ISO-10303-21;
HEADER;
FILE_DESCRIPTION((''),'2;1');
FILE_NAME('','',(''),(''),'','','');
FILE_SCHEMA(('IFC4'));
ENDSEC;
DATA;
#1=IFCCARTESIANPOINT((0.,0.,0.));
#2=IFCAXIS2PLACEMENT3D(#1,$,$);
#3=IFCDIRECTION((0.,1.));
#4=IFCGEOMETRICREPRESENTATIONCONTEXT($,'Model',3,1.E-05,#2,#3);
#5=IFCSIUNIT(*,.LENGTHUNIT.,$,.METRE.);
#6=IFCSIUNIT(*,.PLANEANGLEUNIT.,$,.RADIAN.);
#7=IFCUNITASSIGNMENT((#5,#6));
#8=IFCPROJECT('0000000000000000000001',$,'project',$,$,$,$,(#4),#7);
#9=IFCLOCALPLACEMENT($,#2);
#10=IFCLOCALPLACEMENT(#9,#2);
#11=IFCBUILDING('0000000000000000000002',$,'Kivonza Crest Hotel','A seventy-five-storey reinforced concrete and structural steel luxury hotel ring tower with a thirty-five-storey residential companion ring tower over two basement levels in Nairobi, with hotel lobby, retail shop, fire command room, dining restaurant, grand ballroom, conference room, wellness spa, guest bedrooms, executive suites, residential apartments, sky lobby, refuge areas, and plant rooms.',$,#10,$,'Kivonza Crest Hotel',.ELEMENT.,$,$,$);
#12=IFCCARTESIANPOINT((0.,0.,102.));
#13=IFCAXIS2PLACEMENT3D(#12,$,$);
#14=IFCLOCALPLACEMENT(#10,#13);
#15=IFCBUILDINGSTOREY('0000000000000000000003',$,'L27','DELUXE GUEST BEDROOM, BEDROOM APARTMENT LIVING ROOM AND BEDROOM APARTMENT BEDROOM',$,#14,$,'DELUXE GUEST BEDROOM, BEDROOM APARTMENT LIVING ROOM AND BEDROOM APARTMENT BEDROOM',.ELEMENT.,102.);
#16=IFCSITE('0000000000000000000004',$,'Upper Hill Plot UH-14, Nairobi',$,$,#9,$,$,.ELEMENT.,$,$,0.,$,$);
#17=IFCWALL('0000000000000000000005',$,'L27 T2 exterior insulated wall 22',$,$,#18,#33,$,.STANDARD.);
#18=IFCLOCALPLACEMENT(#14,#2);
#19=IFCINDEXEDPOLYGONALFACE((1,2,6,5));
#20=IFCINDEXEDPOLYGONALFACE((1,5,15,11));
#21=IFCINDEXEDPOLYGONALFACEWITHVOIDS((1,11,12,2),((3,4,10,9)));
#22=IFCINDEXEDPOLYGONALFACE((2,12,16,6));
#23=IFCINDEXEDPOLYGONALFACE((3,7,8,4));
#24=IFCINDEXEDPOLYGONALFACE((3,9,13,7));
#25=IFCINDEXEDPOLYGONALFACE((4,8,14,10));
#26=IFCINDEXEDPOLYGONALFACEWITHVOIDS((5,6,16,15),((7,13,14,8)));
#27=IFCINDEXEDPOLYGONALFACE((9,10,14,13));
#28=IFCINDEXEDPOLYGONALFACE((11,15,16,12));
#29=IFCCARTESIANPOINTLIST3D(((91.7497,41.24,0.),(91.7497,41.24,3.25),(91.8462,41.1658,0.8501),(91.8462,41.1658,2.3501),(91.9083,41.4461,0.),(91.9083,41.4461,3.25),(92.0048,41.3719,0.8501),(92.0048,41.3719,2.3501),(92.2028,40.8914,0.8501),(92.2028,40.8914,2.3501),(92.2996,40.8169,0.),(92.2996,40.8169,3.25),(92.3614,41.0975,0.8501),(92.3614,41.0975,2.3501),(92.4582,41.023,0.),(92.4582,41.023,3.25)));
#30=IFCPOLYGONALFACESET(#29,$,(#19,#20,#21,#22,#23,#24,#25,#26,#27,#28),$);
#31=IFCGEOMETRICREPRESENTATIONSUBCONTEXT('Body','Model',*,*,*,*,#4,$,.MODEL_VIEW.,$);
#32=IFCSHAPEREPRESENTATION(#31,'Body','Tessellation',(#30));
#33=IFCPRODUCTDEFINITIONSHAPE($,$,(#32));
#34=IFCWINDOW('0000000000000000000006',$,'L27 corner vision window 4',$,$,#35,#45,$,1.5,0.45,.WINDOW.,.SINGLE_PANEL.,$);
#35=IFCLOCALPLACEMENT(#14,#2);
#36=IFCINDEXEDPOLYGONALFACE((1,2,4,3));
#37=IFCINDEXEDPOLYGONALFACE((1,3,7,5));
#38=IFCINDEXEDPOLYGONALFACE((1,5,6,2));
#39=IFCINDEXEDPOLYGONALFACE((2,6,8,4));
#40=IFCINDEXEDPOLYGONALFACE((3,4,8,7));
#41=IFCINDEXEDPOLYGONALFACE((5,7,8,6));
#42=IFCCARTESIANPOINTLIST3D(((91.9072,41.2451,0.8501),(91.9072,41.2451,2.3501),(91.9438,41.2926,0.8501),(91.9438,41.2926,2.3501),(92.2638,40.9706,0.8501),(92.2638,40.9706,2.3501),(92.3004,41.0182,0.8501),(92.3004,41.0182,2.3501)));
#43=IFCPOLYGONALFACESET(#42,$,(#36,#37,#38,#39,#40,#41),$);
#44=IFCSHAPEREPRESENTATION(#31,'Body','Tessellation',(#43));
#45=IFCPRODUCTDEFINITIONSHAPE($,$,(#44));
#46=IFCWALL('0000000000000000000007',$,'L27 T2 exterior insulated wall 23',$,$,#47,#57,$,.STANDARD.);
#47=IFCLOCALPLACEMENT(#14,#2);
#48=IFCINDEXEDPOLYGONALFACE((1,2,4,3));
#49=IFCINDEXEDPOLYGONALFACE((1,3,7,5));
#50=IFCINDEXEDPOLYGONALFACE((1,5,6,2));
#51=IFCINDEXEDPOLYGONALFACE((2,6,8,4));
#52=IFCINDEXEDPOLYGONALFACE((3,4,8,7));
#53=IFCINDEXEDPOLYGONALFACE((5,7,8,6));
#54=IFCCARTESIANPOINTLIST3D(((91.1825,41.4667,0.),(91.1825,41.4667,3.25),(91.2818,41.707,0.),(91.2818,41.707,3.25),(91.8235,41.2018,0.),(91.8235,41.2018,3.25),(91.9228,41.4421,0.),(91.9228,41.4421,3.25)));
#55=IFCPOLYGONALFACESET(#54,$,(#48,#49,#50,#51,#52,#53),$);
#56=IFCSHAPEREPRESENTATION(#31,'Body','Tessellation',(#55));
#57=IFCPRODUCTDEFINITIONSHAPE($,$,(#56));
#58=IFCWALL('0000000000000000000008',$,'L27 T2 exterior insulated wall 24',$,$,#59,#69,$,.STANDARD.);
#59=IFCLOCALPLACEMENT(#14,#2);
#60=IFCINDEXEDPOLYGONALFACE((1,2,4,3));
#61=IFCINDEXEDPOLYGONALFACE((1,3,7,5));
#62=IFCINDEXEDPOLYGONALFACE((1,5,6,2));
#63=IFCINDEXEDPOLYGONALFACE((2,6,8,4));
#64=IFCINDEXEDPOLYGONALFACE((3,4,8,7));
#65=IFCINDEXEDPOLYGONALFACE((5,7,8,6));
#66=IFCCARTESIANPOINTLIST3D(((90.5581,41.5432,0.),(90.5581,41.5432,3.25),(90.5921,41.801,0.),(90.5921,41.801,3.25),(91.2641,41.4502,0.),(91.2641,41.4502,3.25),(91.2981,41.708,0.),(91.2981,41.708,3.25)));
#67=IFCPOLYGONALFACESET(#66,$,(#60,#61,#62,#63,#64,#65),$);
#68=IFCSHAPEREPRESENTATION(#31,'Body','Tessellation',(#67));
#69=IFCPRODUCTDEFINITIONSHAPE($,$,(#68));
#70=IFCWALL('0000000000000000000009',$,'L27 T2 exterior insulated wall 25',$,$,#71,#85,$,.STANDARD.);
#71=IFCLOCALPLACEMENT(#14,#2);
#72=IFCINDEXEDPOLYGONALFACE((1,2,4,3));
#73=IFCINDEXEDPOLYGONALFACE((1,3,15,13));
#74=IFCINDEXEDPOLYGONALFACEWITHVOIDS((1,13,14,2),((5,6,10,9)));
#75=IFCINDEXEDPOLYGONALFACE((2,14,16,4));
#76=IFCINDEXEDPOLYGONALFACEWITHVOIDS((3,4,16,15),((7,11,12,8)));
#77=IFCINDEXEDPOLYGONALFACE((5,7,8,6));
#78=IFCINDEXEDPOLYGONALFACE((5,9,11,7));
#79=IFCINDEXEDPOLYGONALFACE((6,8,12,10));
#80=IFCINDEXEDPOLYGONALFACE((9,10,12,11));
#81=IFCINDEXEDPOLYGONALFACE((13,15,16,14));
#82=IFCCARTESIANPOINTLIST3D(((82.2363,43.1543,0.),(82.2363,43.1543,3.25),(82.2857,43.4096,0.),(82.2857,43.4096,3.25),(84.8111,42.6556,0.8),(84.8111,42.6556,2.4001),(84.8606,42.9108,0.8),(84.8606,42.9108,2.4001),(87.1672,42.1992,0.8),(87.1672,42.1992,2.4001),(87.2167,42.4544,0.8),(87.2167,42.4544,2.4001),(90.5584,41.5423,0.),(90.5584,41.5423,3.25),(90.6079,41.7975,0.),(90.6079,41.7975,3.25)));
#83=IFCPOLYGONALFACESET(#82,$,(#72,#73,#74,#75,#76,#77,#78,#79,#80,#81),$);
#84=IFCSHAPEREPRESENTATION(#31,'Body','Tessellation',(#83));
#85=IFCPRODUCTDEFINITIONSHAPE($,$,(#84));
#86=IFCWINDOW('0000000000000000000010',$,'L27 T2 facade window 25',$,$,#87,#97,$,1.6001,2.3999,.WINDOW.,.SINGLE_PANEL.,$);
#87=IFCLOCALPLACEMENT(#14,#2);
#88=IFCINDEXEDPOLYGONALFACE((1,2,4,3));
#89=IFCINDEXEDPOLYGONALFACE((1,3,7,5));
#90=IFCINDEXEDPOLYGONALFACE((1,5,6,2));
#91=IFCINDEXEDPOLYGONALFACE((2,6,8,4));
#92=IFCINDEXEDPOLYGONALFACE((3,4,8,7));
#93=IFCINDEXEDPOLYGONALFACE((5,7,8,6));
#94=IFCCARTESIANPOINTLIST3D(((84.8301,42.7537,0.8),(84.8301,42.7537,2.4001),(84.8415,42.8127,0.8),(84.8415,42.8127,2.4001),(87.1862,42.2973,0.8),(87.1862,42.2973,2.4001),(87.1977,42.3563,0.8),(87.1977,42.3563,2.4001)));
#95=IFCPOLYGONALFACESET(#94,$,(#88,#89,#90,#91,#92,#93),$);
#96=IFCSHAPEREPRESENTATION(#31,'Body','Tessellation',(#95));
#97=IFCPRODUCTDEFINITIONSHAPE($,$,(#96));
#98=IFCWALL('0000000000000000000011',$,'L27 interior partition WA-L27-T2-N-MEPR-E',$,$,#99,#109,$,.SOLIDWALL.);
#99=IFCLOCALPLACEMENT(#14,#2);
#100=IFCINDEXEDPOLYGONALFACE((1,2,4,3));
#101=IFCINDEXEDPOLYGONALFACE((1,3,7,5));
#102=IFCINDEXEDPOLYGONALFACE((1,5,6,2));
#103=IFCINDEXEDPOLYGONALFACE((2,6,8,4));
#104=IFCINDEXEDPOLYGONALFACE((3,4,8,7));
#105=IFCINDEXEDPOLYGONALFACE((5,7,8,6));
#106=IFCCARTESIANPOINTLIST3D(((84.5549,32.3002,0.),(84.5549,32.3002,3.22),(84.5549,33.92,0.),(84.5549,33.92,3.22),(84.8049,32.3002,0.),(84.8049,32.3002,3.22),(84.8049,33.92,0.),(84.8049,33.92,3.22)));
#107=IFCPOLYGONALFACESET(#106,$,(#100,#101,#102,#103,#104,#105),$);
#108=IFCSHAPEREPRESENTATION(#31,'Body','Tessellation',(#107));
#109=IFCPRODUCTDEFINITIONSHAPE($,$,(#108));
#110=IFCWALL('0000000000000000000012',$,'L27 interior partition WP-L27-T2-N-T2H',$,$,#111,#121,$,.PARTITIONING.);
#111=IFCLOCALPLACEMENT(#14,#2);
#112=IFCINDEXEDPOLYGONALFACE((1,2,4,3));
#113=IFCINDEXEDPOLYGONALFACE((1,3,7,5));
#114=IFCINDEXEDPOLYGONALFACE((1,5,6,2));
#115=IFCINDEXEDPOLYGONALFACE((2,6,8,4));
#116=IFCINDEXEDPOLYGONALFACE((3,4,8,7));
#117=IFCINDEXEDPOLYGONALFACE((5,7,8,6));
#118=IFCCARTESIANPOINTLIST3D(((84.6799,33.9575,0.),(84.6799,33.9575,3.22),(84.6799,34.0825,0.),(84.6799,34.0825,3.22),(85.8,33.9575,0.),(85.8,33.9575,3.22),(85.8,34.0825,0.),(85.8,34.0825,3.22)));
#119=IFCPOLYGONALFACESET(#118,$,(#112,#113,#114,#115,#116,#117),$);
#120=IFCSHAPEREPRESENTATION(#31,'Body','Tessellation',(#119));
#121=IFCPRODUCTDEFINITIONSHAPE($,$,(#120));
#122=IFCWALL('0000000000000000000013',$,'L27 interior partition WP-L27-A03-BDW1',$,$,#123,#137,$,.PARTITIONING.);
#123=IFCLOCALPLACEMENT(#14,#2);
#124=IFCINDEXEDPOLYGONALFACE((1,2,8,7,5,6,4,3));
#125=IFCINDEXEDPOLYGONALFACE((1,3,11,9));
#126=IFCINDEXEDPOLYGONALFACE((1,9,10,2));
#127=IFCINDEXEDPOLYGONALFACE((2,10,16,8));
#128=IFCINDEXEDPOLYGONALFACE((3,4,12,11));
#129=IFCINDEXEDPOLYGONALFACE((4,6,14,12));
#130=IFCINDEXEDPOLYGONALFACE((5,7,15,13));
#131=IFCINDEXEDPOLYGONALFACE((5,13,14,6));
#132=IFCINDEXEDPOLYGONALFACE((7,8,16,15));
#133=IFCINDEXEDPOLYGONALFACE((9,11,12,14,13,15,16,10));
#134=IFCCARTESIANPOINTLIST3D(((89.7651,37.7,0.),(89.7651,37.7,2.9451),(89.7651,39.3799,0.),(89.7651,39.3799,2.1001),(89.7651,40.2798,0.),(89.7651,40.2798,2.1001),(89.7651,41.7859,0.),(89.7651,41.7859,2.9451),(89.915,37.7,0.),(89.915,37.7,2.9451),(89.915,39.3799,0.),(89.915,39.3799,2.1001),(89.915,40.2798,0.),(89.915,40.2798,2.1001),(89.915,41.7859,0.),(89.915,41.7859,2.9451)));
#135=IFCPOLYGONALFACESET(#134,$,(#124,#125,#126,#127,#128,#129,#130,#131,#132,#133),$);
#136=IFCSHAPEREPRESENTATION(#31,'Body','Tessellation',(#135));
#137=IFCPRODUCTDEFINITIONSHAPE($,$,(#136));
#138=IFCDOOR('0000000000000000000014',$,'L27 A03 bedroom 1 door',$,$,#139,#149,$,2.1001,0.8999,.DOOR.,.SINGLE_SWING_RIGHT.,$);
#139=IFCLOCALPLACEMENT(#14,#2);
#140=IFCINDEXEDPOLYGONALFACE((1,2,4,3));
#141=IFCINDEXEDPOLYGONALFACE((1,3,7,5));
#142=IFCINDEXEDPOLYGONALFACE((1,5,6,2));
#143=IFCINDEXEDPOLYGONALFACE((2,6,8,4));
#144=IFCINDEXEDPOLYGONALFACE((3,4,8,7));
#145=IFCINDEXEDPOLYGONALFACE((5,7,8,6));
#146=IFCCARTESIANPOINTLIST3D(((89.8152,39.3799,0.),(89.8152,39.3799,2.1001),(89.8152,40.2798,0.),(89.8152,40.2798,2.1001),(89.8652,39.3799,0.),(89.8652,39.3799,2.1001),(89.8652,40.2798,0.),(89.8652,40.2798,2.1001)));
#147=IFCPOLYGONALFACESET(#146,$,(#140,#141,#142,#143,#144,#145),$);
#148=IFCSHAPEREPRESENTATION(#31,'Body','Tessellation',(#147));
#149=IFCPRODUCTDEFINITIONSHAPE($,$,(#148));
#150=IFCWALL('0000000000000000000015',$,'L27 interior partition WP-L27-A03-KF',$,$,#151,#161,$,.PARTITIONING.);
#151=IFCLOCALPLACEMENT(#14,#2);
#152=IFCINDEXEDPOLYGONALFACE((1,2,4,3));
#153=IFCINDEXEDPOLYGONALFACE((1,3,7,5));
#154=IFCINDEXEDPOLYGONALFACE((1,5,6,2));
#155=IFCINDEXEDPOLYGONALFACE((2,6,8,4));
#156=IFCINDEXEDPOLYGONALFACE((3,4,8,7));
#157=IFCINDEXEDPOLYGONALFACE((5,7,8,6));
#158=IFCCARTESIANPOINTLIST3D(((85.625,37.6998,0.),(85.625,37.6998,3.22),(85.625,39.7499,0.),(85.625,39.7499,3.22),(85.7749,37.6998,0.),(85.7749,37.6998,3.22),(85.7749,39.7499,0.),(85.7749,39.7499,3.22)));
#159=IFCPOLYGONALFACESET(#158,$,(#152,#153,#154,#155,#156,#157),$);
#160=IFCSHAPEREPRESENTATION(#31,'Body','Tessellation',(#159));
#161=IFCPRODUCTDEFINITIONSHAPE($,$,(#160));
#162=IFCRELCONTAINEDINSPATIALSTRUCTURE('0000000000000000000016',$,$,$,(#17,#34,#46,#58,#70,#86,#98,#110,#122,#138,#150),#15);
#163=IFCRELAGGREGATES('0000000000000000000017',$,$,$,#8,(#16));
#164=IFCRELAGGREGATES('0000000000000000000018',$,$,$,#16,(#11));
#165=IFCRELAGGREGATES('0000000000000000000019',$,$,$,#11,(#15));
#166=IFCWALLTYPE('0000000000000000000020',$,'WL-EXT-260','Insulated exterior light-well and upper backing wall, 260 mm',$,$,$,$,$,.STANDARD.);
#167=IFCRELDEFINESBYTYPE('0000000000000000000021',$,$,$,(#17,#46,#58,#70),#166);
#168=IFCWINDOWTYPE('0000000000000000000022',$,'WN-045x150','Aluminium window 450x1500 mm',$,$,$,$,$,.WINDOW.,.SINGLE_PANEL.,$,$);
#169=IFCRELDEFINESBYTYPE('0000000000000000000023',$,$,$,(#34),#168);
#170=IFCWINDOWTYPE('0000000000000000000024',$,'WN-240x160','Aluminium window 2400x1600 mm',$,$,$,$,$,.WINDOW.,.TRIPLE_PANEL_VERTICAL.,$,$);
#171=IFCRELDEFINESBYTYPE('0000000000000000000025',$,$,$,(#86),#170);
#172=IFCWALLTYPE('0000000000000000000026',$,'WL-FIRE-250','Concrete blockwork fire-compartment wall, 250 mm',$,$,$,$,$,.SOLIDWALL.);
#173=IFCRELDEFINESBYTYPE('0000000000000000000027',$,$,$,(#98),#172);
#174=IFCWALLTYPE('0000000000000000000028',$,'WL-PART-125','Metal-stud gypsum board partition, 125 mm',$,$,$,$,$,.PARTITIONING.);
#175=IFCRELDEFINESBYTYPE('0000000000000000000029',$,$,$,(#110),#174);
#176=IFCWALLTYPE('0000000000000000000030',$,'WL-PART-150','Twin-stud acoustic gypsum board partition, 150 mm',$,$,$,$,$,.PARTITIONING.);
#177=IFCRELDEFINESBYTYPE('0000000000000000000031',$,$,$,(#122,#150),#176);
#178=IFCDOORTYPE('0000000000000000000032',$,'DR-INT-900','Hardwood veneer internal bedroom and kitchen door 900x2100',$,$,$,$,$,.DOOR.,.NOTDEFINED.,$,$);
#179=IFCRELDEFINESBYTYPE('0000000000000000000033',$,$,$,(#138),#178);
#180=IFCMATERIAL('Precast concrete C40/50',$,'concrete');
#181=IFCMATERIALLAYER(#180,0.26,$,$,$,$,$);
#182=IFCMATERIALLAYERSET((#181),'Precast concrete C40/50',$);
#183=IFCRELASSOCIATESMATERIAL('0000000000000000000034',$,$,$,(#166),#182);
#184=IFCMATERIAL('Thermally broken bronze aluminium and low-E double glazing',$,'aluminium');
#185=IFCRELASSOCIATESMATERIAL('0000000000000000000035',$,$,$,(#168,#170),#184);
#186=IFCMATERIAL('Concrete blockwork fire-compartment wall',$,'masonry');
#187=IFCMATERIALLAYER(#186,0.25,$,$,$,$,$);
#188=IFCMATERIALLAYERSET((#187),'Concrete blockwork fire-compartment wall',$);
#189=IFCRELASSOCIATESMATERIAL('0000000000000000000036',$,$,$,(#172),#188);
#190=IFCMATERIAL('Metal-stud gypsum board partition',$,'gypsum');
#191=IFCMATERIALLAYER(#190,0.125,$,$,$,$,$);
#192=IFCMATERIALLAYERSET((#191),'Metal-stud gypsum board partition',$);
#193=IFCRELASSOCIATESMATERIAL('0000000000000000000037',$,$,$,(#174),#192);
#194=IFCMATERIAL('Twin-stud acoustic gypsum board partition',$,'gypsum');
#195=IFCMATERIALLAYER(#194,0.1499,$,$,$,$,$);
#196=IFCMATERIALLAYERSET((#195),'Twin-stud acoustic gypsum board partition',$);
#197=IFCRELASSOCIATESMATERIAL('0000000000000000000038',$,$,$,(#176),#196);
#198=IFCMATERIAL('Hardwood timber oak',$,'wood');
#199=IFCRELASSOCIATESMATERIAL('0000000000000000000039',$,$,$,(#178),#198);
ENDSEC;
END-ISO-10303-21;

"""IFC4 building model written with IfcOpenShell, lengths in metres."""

from ifc_helpers import new_model, si_unit, direction, frame, frame_2d, origin, place, context, subcontext, project, spatial, rectangle, extrude, material, layer, layer_set, type_object, element, fill, save


model = new_model("IFC4")

# Units and contexts
model_context = context("Model", 3, precision=1e-05, world=origin(), true_north=direction((0.0, 1.0)))
body_context = subcontext(model_context, "Body", "Model", "MODEL_VIEW")
ifc_project = project(units=[si_unit("LENGTHUNIT", "METRE"), si_unit("PLANEANGLEUNIT", "RADIAN")], contexts=[model_context])

# Site, building, storey
site_placement = place(None, origin())
site = spatial("IfcSite", under=ifc_project, at=site_placement, Name="Upper Hill Plot UH-14, Nairobi", CompositionType="ELEMENT", RefElevation=0.0)
building_placement = place(site_placement, origin())
building = spatial("IfcBuilding", under=site, at=building_placement, Name="Kivonza Crest Hotel", Description="A seventy-five-storey reinforced concrete and structural steel luxury hotel ring tower with a thirty-five-storey residential companion ring tower over two basement levels in Nairobi, with hotel lobby, retail shop, fire command room, dining restaurant, grand ballroom, conference room, wellness spa, guest bedrooms, executive suites, residential apartments, sky lobby, refuge areas, and plant rooms.", LongName="Kivonza Crest Hotel", CompositionType="ELEMENT")
storey_placement = place(building_placement, frame((0.0, 0.0, 102.0)))
storey = spatial("IfcBuildingStorey", under=building, at=storey_placement, Name="L27", Description="DELUXE GUEST BEDROOM, BEDROOM APARTMENT LIVING ROOM AND BEDROOM APARTMENT BEDROOM", LongName="DELUXE GUEST BEDROOM, BEDROOM APARTMENT LIVING ROOM AND BEDROOM APARTMENT BEDROOM", CompositionType="ELEMENT", Elevation=102.0)

# Shared definitions
ifc_material_1 = material(Name="Hardwood timber oak", Category="wood")

# Shared definitions
ifc_material_2 = material(Name="Precast concrete C40/50", Category="concrete")
ifc_layer_1 = layer(ifc_material_2, 0.26)
ifc_layer_set_1 = layer_set([ifc_layer_1], Name="Precast concrete C40/50")
wall_type_1 = type_object("IfcWallType", Name="WL-EXT-260", Description="Insulated exterior light-well and upper backing wall, 260 mm", PredefinedType="STANDARD", material=ifc_layer_set_1)

# Wall, opening, window
wall_1_placement = place(storey_placement, frame((92.3789, 40.9199, 0.0), z_axis=(0.0, 0.0, 1.0), x_axis=(-0.792506, 0.609864, 0.0)))
wall_1 = element("IfcWall", 1, at=wall_1_placement, inside=storey, type_object=wall_type_1, Name="L27 T2 exterior insulated wall 22", PredefinedType="STANDARD", context=body_context, shape_type="SweptSolid", body=[
    extrude(rectangle(XDim=0.6938, YDim=0.26, at=frame_2d((0.3469, 0.0))), origin(), (0.0, 0.0, 1.0), 3.25),
])
opening_1_placement = place(wall_1_placement, frame((0.1221, 0.0, 0.8501)))
opening_1 = element("IfcOpeningElement", 2, at=opening_1_placement, cuts=wall_1, PredefinedType="OPENING", context=body_context, shape_type="SweptSolid", body=[
    extrude(rectangle(XDim=0.45, YDim=1.5, at=frame_2d((0.2251, 0.75))), frame((0.0, 0.1401, 0.0), z_axis=(0.0, -1.0, 0.0), x_axis=(1.0, 0.0, 0.0)), (0.0, 0.0, 1.0), 0.28),
])
ifc_material_3 = material(Name="Thermally broken bronze aluminium and low-E double glazing", Category="aluminium")
window_type_1 = type_object("IfcWindowType", Name="WN-045x150", Description="Aluminium window 450x1500 mm", PartitioningType="SINGLE_PANEL", PredefinedType="WINDOW", material=ifc_material_3)
window_1_placement = place(opening_1_placement, origin())
window_1 = element("IfcWindow", 3, at=window_1_placement, inside=storey, type_object=window_type_1, Name="L27 corner vision window 4", OverallHeight=1.5, OverallWidth=0.45, PartitioningType="SINGLE_PANEL", PredefinedType="WINDOW", context=body_context, shape_type="SweptSolid", body=[
    extrude(rectangle(XDim=0.45, YDim=1.5, at=frame_2d((0.2251, 0.75))), frame((0.0, 0.03, 0.0), z_axis=(0.0, -1.0, 0.0), x_axis=(1.0, 0.0, 0.0)), (0.0, 0.0, 1.0), 0.0601),
])
fill(opening_1, window_1)

# Walls
wall_2_placement = place(storey_placement, frame((91.873, 41.322, 0.0), z_axis=(0.0, 0.0, 1.0), x_axis=(-0.924218, 0.381865, 0.0)))
element("IfcWall", 4, at=wall_2_placement, inside=storey, type_object=wall_type_1, Name="L27 T2 exterior insulated wall 23", PredefinedType="STANDARD", context=body_context, shape_type="SweptSolid", body=[
    extrude(rectangle(XDim=0.6936, YDim=0.26, at=frame_2d((0.3467, 0.0))), origin(), (0.0, 0.0, 1.0), 3.25),
])
wall_3_placement = place(storey_placement, frame((91.281, 41.5791, 0.0), z_axis=(0.0, 0.0, 1.0), x_axis=(-0.991433, 0.130614, 0.0)))
element("IfcWall", 5, at=wall_3_placement, inside=storey, type_object=wall_type_1, Name="L27 T2 exterior insulated wall 24", PredefinedType="STANDARD", context=body_context, shape_type="SweptSolid", body=[
    extrude(rectangle(XDim=0.7122, YDim=0.26, at=frame_2d((0.356, 0.0))), origin(), (0.0, 0.0, 1.0), 3.25),
])

# Wall, opening, window
wall_4_placement = place(storey_placement, frame((90.583, 41.6699, 0.0), z_axis=(0.0, 0.0, 1.0), x_axis=(-0.98175, 0.190175, 0.0)))
wall_4 = element("IfcWall", 6, at=wall_4_placement, inside=storey, type_object=wall_type_1, Name="L27 T2 exterior insulated wall 25", PredefinedType="STANDARD", context=body_context, shape_type="SweptSolid", body=[
    extrude(rectangle(XDim=8.4768, YDim=0.26, at=frame_2d((4.2383, 0.0))), origin(), (0.0, 0.0, 1.0), 3.25),
])
opening_2_placement = place(wall_4_placement, frame((3.4541, 0.0, 0.8)))
opening_2 = element("IfcOpeningElement", 7, at=opening_2_placement, cuts=wall_4, PredefinedType="OPENING", context=body_context, shape_type="SweptSolid", body=[
    extrude(rectangle(XDim=2.3999, YDim=1.6001, at=frame_2d((1.2, 0.8))), frame((0.0, 0.1401, 0.0), z_axis=(0.0, -1.0, 0.0), x_axis=(1.0, 0.0, 0.0)), (0.0, 0.0, 1.0), 0.28),
])
window_type_2 = type_object("IfcWindowType", Name="WN-240x160", Description="Aluminium window 2400x1600 mm", PartitioningType="TRIPLE_PANEL_VERTICAL", PredefinedType="WINDOW", material=ifc_material_3)
window_2_placement = place(opening_2_placement, origin())
window_2 = element("IfcWindow", 8, at=window_2_placement, inside=storey, type_object=window_type_2, Name="L27 T2 facade window 25", OverallHeight=1.6001, OverallWidth=2.3999, PartitioningType="SINGLE_PANEL", PredefinedType="WINDOW", context=body_context, shape_type="SweptSolid", body=[
    extrude(rectangle(XDim=2.3999, YDim=1.6001, at=frame_2d((1.2, 0.8))), frame((0.0, 0.03, 0.0), z_axis=(0.0, -1.0, 0.0), x_axis=(1.0, 0.0, 0.0)), (0.0, 0.0, 1.0), 0.0601),
])
fill(opening_2, window_2)

# Walls
ifc_material_4 = material(Name="Concrete blockwork fire-compartment wall", Category="masonry")
ifc_layer_2 = layer(ifc_material_4, 0.25)
ifc_layer_set_2 = layer_set([ifc_layer_2], Name="Concrete blockwork fire-compartment wall")
wall_type_2 = type_object("IfcWallType", Name="WL-FIRE-250", Description="Concrete blockwork fire-compartment wall, 250 mm", PredefinedType="SOLIDWALL", material=ifc_layer_set_2)
wall_5_placement = place(storey_placement, frame((84.6799, 32.3, 0.0), z_axis=(0.0, 0.0, 1.0), x_axis=(0.0, 1.0, 0.0)))
element("IfcWall", 9, at=wall_5_placement, inside=storey, type_object=wall_type_2, Name="L27 interior partition WA-L27-T2-N-MEPR-E", PredefinedType="SOLIDWALL", context=body_context, shape_type="SweptSolid", body=[
    extrude(rectangle(XDim=1.6199, YDim=0.25, at=frame_2d((0.8101, 0.0))), origin(), (0.0, 0.0, 1.0), 3.22),
])
ifc_material_5 = material(Name="Metal-stud gypsum board partition", Category="gypsum")
ifc_layer_3 = layer(ifc_material_5, 0.125)
ifc_layer_set_3 = layer_set([ifc_layer_3], Name="Metal-stud gypsum board partition")
wall_type_3 = type_object("IfcWallType", Name="WL-PART-125", Description="Metal-stud gypsum board partition, 125 mm", PredefinedType="PARTITIONING", material=ifc_layer_set_3)
wall_6_placement = place(storey_placement, frame((84.6799, 34.02, 0.0), z_axis=(0.0, 0.0, 1.0), x_axis=(1.0, 0.0, 0.0)))
element("IfcWall", 10, at=wall_6_placement, inside=storey, type_object=wall_type_3, Name="L27 interior partition WP-L27-T2-N-T2H", PredefinedType="PARTITIONING", context=body_context, shape_type="SweptSolid", body=[
    extrude(rectangle(XDim=1.1201, YDim=0.125, at=frame_2d((0.5601, 0.0))), origin(), (0.0, 0.0, 1.0), 3.22),
])

# Wall, opening, door
ifc_material_6 = material(Name="Twin-stud acoustic gypsum board partition", Category="gypsum")
ifc_layer_4 = layer(ifc_material_6, 0.1499)
ifc_layer_set_4 = layer_set([ifc_layer_4], Name="Twin-stud acoustic gypsum board partition")
wall_type_4 = type_object("IfcWallType", Name="WL-PART-150", Description="Twin-stud acoustic gypsum board partition, 150 mm", PredefinedType="PARTITIONING", material=ifc_layer_set_4)
wall_7_placement = place(storey_placement, frame((89.8401, 37.7, 0.0), z_axis=(0.0, 0.0, 1.0), x_axis=(0.0, 1.0, 0.0)))
wall_7 = element("IfcWall", 11, at=wall_7_placement, inside=storey, type_object=wall_type_4, Name="L27 interior partition WP-L27-A03-BDW1", PredefinedType="PARTITIONING", context=body_context, shape_type="SweptSolid", body=[
    extrude(rectangle(XDim=4.0859, YDim=0.1499, at=frame_2d((2.043, 0.0))), origin(), (0.0, 0.0, 1.0), 2.9451),
])
opening_3_placement = place(wall_7_placement, frame((1.6799, 0.0, 0.0)))
opening_3 = element("IfcOpeningElement", 12, at=opening_3_placement, cuts=wall_7, PredefinedType="OPENING", context=body_context, shape_type="SweptSolid", body=[
    extrude(rectangle(XDim=0.8999, YDim=2.1001, at=frame_2d((0.45, 1.05))), frame((0.0, 0.085, 0.0), z_axis=(0.0, -1.0, 0.0), x_axis=(1.0, 0.0, 0.0)), (0.0, 0.0, 1.0), 0.1699),
])
door_type_1 = type_object("IfcDoorType", Name="DR-INT-900", Description="Hardwood veneer internal bedroom and kitchen door 900x2100", OperationType="NOTDEFINED", PredefinedType="DOOR", material=ifc_material_1)
door_1_placement = place(opening_3_placement, origin())
door_1 = element("IfcDoor", 13, at=door_1_placement, inside=storey, type_object=door_type_1, Name="L27 A03 bedroom 1 door", OperationType="SINGLE_SWING_RIGHT", OverallHeight=2.1001, OverallWidth=0.8999, PredefinedType="DOOR", context=body_context, shape_type="SweptSolid", body=[
    extrude(rectangle(XDim=0.8999, YDim=2.1001, at=frame_2d((0.45, 1.05))), frame((0.0, 0.0249, 0.0), z_axis=(0.0, -1.0, 0.0), x_axis=(1.0, 0.0, 0.0)), (0.0, 0.0, 1.0), 0.05),
])
fill(opening_3, door_1)

# Wall
wall_8_placement = place(storey_placement, frame((85.7, 37.7, 0.0), z_axis=(0.0, 0.0, 1.0), x_axis=(0.0, 1.0, 0.0)))
element("IfcWall", 14, at=wall_8_placement, inside=storey, type_object=wall_type_4, Name="L27 interior partition WP-L27-A03-KF", PredefinedType="PARTITIONING", context=body_context, shape_type="SweptSolid", body=[
    extrude(rectangle(XDim=2.05, YDim=0.1499, at=frame_2d((1.0249, 0.0))), origin(), (0.0, 0.0, 1.0), 3.22),
])

save(model, "model.ifc")
